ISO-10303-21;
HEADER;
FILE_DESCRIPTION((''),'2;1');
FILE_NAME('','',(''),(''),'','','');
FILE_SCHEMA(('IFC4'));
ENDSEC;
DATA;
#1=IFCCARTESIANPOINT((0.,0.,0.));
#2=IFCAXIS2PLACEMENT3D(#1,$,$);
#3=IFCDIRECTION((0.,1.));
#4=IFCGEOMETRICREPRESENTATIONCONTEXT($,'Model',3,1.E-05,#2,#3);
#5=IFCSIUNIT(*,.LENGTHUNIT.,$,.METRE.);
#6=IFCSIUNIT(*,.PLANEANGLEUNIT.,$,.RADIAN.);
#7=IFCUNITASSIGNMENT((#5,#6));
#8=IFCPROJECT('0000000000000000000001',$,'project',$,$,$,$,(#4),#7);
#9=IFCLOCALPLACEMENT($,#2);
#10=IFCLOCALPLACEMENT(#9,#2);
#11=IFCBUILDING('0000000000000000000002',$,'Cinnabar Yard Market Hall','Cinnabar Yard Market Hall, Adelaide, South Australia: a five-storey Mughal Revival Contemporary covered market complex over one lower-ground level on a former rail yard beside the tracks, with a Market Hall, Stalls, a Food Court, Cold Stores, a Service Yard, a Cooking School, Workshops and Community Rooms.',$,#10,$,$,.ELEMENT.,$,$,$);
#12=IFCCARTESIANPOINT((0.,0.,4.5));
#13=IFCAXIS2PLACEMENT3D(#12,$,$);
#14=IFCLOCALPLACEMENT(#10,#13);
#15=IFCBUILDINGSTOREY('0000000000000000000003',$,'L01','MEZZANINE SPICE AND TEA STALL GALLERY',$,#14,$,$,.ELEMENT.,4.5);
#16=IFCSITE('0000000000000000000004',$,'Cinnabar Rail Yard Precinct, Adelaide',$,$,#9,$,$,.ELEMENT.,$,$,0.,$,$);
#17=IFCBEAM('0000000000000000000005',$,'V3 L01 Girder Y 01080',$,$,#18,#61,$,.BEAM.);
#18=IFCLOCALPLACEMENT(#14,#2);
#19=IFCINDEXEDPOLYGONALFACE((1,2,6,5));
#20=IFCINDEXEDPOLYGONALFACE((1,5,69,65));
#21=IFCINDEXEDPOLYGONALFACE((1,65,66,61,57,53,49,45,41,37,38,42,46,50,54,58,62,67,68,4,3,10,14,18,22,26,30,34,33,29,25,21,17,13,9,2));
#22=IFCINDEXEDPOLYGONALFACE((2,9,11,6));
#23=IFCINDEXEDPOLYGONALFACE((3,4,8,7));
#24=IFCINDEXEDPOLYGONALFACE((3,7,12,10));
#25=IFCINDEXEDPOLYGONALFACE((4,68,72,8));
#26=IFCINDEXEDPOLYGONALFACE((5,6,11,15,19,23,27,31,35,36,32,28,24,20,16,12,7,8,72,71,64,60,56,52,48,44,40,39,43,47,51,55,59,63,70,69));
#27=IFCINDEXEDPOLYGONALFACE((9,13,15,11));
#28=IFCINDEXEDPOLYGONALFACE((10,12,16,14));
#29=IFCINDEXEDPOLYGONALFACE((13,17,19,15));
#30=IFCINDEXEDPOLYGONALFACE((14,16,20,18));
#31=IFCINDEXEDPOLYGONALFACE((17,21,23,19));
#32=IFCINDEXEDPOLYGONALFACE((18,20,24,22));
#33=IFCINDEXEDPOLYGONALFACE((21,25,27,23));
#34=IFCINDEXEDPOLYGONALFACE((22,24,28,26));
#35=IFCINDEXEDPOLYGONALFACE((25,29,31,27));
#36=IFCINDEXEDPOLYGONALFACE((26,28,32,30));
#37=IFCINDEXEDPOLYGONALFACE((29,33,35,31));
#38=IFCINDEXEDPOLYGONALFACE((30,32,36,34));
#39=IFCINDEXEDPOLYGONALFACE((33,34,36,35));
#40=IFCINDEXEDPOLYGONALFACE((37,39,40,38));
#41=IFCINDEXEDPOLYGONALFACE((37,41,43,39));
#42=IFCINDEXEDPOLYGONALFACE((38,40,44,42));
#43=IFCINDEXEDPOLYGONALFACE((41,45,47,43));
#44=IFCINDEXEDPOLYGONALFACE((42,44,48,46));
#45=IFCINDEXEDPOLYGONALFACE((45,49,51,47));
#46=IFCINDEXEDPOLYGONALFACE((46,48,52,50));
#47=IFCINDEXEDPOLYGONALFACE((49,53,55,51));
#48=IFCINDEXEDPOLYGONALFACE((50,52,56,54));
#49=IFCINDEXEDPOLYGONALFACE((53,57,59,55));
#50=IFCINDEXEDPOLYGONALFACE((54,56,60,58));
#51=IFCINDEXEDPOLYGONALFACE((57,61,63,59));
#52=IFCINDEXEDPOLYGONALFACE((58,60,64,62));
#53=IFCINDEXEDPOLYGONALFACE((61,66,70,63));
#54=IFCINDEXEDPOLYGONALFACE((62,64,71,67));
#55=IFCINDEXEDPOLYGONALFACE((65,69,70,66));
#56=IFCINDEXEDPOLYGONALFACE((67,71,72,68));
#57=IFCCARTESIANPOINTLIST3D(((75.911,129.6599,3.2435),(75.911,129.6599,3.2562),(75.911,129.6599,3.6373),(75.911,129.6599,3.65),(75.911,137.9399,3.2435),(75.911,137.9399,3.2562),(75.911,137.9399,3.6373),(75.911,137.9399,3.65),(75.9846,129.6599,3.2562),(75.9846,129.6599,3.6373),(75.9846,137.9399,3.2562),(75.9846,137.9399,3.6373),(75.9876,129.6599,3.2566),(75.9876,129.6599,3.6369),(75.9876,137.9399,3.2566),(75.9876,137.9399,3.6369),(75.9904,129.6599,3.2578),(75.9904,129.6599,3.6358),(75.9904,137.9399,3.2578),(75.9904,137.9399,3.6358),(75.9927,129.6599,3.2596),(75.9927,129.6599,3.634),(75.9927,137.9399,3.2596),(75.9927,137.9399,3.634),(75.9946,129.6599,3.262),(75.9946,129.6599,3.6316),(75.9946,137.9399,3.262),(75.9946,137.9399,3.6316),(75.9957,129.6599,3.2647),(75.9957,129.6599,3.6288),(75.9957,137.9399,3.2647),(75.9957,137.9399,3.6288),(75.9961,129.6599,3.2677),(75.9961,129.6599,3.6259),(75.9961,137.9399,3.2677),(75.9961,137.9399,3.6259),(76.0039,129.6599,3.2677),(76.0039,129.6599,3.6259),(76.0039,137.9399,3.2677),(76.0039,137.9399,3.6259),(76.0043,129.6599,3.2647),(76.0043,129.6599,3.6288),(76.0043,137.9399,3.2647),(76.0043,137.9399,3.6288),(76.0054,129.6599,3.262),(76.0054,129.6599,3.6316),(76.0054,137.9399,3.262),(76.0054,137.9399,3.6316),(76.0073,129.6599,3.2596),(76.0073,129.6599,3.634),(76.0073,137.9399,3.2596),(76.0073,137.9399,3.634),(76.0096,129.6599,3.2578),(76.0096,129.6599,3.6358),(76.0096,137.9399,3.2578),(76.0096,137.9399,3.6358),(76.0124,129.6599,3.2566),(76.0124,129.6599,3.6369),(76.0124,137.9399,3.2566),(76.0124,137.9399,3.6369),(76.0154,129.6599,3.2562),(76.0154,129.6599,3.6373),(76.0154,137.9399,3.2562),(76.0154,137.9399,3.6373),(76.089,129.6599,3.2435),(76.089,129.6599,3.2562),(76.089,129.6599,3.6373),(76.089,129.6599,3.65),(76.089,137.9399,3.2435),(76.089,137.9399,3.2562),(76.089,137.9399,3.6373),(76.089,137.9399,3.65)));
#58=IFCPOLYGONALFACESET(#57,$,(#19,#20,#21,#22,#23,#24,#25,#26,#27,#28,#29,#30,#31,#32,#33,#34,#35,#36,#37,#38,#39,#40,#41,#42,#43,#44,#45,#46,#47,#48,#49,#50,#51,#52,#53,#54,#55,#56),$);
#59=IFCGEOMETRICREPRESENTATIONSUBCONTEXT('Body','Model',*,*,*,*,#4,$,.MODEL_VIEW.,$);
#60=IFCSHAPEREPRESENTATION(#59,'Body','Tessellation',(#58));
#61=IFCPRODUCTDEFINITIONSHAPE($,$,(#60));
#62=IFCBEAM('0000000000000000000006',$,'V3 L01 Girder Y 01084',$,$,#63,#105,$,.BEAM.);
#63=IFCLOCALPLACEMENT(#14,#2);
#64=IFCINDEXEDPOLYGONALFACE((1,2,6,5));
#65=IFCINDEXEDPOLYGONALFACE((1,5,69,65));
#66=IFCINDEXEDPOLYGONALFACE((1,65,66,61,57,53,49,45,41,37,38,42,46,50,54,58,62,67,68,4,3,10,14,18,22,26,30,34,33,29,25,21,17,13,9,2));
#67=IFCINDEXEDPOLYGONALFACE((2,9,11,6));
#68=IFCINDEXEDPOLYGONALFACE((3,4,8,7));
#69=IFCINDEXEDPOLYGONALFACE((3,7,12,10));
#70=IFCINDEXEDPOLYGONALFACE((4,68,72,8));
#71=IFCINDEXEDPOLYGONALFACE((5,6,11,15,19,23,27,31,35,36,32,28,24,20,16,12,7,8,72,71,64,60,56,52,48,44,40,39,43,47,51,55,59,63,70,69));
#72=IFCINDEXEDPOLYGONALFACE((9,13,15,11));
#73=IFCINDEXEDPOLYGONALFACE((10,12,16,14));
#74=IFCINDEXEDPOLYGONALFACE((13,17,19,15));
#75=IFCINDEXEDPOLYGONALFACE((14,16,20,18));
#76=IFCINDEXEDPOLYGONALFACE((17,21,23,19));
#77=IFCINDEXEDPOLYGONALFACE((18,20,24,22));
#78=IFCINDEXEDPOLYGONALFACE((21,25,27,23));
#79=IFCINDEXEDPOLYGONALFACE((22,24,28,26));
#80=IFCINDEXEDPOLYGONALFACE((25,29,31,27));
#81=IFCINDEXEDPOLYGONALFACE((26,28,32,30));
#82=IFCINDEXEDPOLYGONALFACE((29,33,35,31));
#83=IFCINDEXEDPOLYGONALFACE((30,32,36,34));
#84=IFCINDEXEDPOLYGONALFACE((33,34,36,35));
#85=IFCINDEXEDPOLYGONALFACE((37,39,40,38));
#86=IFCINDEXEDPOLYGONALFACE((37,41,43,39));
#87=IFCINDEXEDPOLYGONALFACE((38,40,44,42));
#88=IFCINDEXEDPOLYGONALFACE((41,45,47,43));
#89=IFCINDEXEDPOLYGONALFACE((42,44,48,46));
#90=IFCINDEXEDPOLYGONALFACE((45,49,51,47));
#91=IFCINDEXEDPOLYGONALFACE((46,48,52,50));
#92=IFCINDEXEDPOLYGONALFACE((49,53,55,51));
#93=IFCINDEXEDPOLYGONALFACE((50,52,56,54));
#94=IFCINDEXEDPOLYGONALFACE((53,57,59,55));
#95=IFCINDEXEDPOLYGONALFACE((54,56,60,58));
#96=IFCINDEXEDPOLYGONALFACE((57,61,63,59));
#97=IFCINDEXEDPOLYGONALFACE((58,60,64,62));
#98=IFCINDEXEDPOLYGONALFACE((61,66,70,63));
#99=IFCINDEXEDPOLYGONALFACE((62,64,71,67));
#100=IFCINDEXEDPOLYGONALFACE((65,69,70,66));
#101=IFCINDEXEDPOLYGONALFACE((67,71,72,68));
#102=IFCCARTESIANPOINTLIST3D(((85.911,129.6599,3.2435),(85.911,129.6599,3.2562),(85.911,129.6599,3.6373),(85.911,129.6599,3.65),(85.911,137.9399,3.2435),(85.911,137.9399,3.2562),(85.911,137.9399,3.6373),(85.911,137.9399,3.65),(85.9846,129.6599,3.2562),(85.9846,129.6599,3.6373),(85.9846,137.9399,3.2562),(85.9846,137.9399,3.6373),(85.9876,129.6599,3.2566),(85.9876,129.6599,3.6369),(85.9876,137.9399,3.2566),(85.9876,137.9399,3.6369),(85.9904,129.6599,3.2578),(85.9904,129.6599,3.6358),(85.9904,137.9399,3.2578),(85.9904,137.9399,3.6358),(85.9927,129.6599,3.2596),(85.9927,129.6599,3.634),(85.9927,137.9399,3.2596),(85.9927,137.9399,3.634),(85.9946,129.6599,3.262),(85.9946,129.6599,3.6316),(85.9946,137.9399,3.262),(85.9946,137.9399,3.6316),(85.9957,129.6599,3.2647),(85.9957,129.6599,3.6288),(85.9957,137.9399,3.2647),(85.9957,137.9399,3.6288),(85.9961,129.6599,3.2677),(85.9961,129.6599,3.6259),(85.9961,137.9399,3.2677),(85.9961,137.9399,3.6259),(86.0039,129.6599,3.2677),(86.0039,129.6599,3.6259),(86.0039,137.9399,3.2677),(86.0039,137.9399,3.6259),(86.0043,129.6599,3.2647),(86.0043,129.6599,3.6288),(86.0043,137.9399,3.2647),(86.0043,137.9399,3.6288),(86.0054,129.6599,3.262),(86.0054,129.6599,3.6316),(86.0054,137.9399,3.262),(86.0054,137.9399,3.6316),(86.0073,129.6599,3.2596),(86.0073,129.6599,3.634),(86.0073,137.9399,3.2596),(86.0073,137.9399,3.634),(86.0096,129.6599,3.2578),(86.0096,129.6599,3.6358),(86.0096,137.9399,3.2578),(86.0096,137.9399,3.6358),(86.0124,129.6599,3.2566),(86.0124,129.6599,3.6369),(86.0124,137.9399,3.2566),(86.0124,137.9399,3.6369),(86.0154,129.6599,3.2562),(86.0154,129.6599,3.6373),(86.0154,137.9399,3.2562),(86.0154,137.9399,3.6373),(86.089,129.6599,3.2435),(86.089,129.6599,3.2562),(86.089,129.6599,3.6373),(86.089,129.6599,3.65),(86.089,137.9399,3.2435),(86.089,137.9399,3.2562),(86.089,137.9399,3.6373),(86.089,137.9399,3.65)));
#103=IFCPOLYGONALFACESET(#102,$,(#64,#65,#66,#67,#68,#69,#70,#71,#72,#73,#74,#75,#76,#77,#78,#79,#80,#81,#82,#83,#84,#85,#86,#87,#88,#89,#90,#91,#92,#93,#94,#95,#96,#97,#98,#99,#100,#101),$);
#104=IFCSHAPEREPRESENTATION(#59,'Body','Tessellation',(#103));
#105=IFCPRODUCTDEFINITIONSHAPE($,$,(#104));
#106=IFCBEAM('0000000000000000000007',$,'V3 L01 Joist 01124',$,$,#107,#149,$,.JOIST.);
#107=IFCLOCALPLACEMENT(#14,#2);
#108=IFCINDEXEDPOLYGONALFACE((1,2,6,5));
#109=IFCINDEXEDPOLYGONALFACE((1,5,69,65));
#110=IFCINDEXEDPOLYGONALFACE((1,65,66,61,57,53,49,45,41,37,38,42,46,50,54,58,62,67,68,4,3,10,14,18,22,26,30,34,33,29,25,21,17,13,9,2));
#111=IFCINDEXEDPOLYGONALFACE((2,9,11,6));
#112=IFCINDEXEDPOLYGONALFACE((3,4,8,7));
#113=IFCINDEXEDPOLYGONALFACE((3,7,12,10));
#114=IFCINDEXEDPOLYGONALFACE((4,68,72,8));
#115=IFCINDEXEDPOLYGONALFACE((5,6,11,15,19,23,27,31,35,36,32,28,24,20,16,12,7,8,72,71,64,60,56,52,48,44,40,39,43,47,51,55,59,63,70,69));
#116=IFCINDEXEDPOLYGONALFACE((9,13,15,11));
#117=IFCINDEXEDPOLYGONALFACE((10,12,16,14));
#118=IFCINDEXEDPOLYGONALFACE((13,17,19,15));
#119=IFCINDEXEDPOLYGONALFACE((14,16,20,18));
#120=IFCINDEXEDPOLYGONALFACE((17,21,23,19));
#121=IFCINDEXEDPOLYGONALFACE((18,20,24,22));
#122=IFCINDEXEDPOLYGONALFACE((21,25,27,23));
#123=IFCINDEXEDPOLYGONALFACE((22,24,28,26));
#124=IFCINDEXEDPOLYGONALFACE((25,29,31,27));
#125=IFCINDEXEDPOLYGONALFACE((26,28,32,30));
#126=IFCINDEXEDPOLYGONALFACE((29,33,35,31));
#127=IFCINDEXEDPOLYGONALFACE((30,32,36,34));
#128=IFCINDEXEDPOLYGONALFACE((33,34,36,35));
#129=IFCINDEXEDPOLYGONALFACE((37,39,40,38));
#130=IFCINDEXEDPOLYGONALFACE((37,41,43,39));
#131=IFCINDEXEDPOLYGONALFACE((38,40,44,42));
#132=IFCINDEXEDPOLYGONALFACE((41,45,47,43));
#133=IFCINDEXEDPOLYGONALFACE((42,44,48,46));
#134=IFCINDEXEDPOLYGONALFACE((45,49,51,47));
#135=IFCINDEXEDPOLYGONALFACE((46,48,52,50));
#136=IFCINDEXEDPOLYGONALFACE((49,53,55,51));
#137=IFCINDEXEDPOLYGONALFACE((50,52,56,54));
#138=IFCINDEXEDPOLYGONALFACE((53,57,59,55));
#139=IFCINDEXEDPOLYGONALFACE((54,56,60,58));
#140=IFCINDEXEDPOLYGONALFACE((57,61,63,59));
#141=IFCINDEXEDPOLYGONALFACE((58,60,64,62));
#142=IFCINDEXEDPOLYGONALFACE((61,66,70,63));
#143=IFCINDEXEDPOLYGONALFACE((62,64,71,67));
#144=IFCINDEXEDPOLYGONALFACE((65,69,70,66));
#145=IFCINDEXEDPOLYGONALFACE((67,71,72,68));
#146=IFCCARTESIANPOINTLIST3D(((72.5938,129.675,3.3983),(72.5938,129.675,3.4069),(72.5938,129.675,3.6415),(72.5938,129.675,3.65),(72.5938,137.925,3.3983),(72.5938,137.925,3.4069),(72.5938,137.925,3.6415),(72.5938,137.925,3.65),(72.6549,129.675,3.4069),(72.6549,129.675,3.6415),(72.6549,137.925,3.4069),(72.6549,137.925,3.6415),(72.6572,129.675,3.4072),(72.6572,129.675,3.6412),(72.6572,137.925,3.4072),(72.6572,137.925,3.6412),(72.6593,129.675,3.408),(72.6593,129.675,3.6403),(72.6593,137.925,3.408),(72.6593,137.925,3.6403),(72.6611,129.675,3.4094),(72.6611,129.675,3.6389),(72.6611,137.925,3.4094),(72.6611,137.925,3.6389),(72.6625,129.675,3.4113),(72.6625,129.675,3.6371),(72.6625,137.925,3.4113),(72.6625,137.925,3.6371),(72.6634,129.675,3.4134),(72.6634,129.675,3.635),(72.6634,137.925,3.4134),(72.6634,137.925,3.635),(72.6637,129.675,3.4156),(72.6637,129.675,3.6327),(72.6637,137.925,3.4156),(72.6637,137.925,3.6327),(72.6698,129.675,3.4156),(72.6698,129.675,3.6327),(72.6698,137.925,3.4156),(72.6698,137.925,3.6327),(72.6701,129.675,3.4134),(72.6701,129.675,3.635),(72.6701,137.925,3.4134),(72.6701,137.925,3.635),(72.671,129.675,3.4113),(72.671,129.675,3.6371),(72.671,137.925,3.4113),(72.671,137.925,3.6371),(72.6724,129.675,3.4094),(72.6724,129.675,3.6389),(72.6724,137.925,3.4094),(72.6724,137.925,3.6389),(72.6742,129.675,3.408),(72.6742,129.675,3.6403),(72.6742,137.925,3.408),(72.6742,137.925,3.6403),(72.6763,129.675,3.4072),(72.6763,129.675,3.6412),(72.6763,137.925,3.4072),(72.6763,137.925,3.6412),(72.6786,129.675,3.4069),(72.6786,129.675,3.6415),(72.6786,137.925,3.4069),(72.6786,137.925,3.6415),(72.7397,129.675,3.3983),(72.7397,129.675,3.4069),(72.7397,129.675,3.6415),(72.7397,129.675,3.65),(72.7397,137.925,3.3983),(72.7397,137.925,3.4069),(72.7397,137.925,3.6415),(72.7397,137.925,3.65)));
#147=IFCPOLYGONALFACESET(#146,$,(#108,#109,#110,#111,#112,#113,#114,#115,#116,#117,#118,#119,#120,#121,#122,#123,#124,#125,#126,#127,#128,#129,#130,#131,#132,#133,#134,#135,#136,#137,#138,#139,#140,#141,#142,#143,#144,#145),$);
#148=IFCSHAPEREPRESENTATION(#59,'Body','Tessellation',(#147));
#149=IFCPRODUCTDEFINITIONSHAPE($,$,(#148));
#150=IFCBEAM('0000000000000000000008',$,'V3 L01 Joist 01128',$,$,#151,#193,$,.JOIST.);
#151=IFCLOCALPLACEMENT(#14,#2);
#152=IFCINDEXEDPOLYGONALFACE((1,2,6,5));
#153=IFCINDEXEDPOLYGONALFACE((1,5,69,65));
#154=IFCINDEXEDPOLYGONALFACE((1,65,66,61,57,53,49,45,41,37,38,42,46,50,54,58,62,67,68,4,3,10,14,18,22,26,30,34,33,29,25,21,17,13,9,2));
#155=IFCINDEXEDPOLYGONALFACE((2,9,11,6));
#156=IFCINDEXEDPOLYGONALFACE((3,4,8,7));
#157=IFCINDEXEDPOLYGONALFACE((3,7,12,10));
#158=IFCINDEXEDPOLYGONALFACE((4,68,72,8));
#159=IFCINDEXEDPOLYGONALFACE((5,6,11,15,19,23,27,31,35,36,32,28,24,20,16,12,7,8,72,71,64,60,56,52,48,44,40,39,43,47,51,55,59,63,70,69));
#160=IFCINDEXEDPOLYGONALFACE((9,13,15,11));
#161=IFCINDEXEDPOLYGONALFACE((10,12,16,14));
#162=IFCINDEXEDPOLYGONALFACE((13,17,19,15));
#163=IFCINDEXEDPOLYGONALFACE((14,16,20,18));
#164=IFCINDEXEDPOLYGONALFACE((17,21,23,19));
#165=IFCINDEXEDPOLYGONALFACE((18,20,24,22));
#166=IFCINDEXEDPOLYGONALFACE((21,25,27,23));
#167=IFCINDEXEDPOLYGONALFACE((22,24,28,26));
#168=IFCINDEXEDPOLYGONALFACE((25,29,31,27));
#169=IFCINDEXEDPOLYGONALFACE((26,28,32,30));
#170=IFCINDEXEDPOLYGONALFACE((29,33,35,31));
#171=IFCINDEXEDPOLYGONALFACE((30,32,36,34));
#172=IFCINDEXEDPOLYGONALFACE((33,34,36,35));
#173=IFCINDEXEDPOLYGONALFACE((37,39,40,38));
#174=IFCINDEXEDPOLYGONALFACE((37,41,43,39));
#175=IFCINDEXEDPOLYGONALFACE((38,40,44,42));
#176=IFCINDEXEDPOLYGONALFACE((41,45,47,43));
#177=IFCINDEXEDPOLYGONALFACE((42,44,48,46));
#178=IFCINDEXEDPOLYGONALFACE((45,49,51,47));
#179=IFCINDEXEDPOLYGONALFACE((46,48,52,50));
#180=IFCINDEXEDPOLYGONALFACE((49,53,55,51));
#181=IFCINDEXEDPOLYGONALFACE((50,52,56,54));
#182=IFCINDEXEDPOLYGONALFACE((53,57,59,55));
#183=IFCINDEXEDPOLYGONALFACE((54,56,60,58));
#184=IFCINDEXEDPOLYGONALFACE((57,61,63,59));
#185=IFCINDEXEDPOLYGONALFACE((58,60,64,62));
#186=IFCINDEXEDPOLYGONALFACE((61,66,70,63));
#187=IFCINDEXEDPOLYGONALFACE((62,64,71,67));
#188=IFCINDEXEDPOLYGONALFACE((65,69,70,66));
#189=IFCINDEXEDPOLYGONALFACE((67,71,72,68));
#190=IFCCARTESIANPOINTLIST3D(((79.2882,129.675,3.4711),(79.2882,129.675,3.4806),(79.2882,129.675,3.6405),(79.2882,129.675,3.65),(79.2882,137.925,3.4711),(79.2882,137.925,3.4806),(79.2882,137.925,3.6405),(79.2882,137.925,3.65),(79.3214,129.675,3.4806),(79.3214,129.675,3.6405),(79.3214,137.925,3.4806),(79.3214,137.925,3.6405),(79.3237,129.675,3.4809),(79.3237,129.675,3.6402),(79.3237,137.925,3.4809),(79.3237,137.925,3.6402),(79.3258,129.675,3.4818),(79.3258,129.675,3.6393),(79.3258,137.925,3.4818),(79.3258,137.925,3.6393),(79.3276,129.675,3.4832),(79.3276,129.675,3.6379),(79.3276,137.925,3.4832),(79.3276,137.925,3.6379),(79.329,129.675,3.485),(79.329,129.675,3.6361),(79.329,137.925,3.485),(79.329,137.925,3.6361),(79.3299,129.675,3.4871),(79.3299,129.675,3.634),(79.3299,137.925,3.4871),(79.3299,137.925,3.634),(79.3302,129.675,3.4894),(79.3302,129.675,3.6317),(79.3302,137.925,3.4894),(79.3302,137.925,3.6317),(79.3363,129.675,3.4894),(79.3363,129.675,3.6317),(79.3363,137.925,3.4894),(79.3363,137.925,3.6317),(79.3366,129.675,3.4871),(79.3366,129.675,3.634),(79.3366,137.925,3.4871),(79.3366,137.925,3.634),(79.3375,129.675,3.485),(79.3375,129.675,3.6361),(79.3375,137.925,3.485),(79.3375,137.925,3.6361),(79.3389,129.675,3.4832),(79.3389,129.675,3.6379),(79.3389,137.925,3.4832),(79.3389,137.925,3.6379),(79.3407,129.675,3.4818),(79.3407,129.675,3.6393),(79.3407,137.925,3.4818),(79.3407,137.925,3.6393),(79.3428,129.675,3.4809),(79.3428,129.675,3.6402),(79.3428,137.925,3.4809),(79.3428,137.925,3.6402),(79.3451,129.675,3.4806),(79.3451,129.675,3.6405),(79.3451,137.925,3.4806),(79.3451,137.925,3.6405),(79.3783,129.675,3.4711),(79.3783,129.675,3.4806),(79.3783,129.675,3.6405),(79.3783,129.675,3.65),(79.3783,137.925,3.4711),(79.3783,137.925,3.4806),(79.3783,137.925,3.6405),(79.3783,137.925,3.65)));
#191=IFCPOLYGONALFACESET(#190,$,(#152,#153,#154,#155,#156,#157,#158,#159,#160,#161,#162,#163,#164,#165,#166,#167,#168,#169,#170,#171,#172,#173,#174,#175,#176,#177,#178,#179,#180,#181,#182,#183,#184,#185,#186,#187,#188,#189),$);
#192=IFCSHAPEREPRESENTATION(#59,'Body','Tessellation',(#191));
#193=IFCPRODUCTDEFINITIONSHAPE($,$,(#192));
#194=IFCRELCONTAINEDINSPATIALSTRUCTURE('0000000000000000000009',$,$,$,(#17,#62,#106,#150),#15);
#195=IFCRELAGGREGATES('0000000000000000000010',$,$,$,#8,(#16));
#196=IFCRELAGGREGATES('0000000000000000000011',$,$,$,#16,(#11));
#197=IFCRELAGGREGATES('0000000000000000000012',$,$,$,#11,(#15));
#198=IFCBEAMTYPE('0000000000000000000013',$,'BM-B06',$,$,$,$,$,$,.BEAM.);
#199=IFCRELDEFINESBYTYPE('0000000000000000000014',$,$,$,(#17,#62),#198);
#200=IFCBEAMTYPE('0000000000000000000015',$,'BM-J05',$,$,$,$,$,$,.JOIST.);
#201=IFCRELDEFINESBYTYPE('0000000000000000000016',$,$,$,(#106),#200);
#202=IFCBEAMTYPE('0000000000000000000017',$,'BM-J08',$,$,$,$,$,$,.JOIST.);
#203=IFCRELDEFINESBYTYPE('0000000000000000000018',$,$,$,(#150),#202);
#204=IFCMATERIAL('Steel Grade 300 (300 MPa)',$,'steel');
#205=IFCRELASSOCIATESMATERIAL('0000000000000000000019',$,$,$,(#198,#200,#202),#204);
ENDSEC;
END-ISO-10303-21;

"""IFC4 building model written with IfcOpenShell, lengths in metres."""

from ifc_helpers import new_model, si_unit, direction, frame, origin, origin_2d_with_axis, place, context, subcontext, project, spatial, i_section, extrude, material, material_profile, profile_set, type_object, element, save


model = new_model("IFC4")

# Units and contexts
model_context = context("Model", 3, precision=1e-05, world=origin(), true_north=direction((0.0, 1.0)))
body_context = subcontext(model_context, "Body", "Model", "MODEL_VIEW")
ifc_project = project(units=[si_unit("LENGTHUNIT", "METRE"), si_unit("PLANEANGLEUNIT", "RADIAN")], contexts=[model_context])

# Site, building, storey
site_placement = place(None, origin())
site = spatial("IfcSite", under=ifc_project, at=site_placement, Name="Cinnabar Rail Yard Precinct, Adelaide", CompositionType="ELEMENT", RefElevation=0.0)
building_placement = place(site_placement, origin())
building = spatial("IfcBuilding", under=site, at=building_placement, Name="Cinnabar Yard Market Hall", Description="Cinnabar Yard Market Hall, Adelaide, South Australia: a five-storey Mughal Revival Contemporary covered market complex over one lower-ground level on a former rail yard beside the tracks, with a Market Hall, Stalls, a Food Court, Cold Stores, a Service Yard, a Cooking School, Workshops and Community Rooms.", CompositionType="ELEMENT")
storey_placement = place(building_placement, frame((0.0, 0.0, 4.5)))
storey = spatial("IfcBuildingStorey", under=building, at=storey_placement, Name="L01", Description="MEZZANINE SPICE AND TEA STALL GALLERY", CompositionType="ELEMENT", Elevation=4.5)

# Shared definitions
ifc_material_1 = material(Name="Steel Grade 300 (300 MPa)", Category="steel")

# Beams
ifc_material_profile_1 = material_profile(ifc_material_1, i_section(OverallWidth=0.178, OverallDepth=0.4065, WebThickness=0.0078, FlangeThickness=0.0127, FilletRadius=0.0115, at=origin_2d_with_axis()), Name="410UB59.7")
ifc_profile_set_1 = profile_set([ifc_material_profile_1], Name="Steel Grade 300 (300 MPa)")
beam_type_1 = type_object("IfcBeamType", Name="BM-B06", PredefinedType="BEAM", material=ifc_profile_set_1)
for number, where, z_axis, x_axis, name in (
    (1, (76.0, 129.6599, 3.4468), (0.0, 1.0, 0.0), (-1.0, 0.0, 0.0), "V3 L01 Girder Y 01080"),
    (2, (86.0, 129.6599, 3.4468), (0.0, 1.0, 0.0), (-1.0, 0.0, 0.0), "V3 L01 Girder Y 01084"),
):
    element("IfcBeam", number, at=place(storey_placement, frame(where, z_axis=z_axis, x_axis=x_axis)), inside=storey, type_object=beam_type_1, Name=name, PredefinedType="BEAM", context=body_context, shape_type="SweptSolid", body=[
        extrude(i_section(OverallWidth=0.178, OverallDepth=0.4065, WebThickness=0.0078, FlangeThickness=0.0127, FilletRadius=0.0115, at=origin_2d_with_axis()), origin(), (0.0, 0.0, 1.0), 8.28),
    ])
ifc_material_profile_2 = material_profile(ifc_material_1, i_section(OverallWidth=0.146, OverallDepth=0.2517, WebThickness=0.0061, FlangeThickness=0.0085, FilletRadius=0.0088, at=origin_2d_with_axis()), Name="250UB31.4")
ifc_profile_set_2 = profile_set([ifc_material_profile_2], Name="Steel Grade 300 (300 MPa)")
beam_type_2 = type_object("IfcBeamType", Name="BM-J05", PredefinedType="JOIST", material=ifc_profile_set_2)
beam_1_placement = place(storey_placement, frame((72.6667, 129.675, 3.5242), z_axis=(0.0, 1.0, 0.0), x_axis=(-1.0, 0.0, 0.0)))
element("IfcBeam", 3, at=beam_1_placement, inside=storey, type_object=beam_type_2, Name="V3 L01 Joist 01124", PredefinedType="JOIST", context=body_context, shape_type="SweptSolid", body=[
    extrude(i_section(OverallWidth=0.146, OverallDepth=0.2517, WebThickness=0.0061, FlangeThickness=0.0085, FilletRadius=0.0088, at=origin_2d_with_axis()), origin(), (0.0, 0.0, 1.0), 8.25),
])
ifc_material_profile_3 = material_profile(ifc_material_1, i_section(OverallWidth=0.0901, OverallDepth=0.179, WebThickness=0.0061, FlangeThickness=0.0095, FilletRadius=0.0088, at=origin_2d_with_axis()), Name="180UB22.2")
ifc_profile_set_3 = profile_set([ifc_material_profile_3], Name="Steel Grade 300 (300 MPa)")
beam_type_3 = type_object("IfcBeamType", Name="BM-J08", PredefinedType="JOIST", material=ifc_profile_set_3)
for number, where, z_axis, x_axis, name in (
    (4, (79.3333, 129.675, 3.5605), (0.0, 1.0, 0.0), (-1.0, 0.0, 0.0), "V3 L01 Joist 01128"),
):
    element("IfcBeam", number, at=place(storey_placement, frame(where, z_axis=z_axis, x_axis=x_axis)), inside=storey, type_object=beam_type_3, Name=name, PredefinedType="JOIST", context=body_context, shape_type="SweptSolid", body=[
        extrude(i_section(OverallWidth=0.0901, OverallDepth=0.179, WebThickness=0.0061, FlangeThickness=0.0095, FilletRadius=0.0088, at=origin_2d_with_axis()), origin(), (0.0, 0.0, 1.0), 8.25),
    ])

save(model, "model.ifc")
